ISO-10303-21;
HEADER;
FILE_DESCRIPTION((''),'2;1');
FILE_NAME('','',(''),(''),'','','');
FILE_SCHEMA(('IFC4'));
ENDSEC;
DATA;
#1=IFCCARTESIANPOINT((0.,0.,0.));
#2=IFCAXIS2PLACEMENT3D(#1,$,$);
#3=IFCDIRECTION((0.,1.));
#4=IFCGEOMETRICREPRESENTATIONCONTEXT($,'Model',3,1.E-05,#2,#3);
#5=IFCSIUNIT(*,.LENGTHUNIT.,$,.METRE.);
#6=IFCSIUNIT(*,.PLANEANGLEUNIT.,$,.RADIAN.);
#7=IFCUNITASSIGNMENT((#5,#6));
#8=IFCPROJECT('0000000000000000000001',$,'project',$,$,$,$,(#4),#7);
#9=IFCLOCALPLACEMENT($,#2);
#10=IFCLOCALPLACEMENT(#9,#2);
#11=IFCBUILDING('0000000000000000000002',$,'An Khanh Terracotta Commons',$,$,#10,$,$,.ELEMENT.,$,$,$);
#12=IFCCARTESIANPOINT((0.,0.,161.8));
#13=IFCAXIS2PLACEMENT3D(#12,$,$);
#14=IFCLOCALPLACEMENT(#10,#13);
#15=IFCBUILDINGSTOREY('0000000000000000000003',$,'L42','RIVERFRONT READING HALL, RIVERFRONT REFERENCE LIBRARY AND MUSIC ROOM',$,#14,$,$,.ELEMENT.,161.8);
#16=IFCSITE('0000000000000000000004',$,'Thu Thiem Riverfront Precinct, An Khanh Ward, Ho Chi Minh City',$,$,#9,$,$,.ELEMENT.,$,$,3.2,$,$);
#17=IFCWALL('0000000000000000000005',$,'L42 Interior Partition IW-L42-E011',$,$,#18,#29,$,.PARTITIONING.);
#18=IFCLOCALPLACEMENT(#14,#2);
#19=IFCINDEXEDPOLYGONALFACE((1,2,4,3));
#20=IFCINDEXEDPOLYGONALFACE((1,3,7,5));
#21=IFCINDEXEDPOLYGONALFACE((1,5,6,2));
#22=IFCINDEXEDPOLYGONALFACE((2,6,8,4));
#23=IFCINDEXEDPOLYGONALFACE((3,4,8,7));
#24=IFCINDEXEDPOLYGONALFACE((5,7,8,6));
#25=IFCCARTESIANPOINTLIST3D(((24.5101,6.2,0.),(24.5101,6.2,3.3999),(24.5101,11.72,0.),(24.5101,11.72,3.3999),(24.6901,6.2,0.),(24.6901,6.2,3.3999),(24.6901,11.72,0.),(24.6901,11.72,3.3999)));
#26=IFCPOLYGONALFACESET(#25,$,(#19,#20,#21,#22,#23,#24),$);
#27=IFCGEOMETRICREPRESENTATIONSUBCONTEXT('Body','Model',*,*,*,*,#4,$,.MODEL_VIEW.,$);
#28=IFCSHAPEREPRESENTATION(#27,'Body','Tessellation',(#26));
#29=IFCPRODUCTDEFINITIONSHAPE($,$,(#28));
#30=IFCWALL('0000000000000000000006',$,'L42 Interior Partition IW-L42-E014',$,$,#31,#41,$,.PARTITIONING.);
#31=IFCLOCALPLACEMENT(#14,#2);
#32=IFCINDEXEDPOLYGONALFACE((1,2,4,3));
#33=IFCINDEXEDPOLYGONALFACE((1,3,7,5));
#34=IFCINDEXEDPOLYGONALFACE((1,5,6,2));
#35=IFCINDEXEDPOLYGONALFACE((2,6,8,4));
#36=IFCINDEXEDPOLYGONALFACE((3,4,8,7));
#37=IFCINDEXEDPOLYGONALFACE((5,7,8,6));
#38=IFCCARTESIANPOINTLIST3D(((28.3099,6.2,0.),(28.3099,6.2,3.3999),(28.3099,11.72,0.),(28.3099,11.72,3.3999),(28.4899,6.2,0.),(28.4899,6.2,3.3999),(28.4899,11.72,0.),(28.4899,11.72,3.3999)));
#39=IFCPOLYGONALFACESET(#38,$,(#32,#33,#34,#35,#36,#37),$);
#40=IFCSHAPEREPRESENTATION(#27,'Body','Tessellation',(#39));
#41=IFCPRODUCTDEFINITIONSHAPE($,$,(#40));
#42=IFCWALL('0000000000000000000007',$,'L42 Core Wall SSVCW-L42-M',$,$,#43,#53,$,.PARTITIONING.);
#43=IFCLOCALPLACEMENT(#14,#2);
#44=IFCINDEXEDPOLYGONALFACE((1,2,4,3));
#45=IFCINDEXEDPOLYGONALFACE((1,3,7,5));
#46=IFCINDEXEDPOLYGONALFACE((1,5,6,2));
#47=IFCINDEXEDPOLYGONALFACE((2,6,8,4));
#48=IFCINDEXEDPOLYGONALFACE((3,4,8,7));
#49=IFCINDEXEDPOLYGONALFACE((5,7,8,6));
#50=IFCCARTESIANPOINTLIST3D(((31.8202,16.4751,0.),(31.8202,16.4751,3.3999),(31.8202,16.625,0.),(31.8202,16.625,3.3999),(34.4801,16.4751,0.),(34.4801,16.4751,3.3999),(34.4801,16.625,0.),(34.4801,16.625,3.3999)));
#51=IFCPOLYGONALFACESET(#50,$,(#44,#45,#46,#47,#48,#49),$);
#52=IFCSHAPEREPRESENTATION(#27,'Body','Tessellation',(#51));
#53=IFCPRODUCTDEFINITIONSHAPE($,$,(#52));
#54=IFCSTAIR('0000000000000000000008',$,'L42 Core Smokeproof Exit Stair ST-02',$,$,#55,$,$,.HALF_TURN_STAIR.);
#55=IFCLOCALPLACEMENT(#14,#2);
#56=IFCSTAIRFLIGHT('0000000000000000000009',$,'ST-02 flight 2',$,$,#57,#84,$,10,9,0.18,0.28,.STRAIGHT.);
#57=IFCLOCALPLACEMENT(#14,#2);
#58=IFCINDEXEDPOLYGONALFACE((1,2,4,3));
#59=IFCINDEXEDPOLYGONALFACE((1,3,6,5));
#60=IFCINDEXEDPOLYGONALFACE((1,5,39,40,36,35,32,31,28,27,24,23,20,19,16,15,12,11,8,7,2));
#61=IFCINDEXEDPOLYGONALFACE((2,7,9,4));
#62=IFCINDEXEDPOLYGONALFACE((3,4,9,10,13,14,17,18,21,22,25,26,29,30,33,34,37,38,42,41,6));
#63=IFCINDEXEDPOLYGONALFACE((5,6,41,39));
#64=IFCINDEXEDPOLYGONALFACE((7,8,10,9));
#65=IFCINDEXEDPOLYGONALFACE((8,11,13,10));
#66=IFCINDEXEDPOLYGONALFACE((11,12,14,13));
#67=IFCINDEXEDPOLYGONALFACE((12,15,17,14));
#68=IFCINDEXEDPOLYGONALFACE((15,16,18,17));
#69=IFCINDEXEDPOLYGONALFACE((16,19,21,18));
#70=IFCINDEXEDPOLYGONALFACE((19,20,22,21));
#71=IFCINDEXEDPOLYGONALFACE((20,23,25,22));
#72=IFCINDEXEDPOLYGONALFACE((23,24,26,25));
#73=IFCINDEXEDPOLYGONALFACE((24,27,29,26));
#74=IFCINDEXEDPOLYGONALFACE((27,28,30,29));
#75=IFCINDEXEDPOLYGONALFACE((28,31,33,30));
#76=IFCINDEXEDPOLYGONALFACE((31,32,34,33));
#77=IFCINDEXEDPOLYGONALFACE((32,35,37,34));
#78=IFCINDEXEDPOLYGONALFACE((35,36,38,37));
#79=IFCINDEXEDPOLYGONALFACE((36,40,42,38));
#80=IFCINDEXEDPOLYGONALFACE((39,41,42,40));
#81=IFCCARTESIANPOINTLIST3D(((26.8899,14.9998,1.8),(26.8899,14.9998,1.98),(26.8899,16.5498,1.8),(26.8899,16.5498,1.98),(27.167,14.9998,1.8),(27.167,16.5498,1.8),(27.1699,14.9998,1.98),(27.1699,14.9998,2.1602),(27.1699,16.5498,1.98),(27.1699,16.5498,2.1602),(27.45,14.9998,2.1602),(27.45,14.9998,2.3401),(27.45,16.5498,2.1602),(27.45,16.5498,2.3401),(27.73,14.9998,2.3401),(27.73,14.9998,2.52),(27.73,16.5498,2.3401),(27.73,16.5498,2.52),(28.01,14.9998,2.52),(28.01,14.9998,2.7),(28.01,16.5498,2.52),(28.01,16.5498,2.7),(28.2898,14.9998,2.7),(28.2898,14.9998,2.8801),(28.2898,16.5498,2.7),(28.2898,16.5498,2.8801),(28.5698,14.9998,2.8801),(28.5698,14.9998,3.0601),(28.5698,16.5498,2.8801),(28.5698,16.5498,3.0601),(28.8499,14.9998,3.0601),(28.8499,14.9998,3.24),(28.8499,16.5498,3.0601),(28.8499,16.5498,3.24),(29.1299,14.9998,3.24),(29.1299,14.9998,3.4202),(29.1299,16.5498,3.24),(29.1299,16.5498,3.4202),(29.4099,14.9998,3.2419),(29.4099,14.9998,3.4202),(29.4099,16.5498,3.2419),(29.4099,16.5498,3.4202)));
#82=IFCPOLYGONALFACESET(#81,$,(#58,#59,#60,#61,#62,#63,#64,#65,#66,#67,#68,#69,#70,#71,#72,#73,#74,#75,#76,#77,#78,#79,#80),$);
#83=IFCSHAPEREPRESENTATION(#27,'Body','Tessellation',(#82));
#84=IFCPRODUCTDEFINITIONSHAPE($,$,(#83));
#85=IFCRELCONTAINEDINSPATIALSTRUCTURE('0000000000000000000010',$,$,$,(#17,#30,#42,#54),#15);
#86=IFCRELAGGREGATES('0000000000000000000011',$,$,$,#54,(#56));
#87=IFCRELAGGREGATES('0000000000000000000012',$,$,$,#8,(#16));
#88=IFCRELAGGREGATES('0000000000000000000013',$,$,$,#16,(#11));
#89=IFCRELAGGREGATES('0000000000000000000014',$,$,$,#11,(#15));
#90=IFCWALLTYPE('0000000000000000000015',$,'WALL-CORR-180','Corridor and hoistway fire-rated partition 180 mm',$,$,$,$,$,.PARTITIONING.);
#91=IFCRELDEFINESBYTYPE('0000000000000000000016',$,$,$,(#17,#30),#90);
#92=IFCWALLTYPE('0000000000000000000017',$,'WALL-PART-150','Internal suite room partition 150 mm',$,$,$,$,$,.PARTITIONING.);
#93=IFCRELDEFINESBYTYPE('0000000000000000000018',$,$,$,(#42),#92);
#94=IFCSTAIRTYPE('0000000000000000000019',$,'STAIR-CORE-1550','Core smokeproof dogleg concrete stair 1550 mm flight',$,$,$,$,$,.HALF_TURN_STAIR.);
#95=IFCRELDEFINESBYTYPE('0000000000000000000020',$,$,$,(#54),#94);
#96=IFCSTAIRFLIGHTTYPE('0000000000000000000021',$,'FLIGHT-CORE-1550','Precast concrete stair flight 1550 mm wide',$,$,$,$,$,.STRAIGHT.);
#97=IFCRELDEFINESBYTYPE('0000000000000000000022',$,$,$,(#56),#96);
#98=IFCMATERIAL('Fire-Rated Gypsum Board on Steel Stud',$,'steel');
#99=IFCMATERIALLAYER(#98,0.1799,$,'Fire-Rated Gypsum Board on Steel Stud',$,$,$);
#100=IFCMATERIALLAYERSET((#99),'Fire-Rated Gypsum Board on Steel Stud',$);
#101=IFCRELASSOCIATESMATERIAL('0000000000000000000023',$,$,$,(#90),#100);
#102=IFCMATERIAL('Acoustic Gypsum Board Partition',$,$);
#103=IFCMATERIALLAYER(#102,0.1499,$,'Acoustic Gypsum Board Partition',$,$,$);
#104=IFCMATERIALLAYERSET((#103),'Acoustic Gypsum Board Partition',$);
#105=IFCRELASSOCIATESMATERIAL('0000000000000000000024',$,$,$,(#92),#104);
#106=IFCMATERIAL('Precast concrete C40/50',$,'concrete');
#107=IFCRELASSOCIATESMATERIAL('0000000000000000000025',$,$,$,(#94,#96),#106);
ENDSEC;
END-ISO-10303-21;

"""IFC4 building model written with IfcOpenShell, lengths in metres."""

from ifc_helpers import new_model, si_unit, direction, frame, frame_2d, origin, place, context, subcontext, project, spatial, polyline, rectangle, outline, extrude, material, layer, layer_set, type_object, element, aggregate, save


model = new_model("IFC4")

# Units and contexts
model_context = context("Model", 3, precision=1e-05, world=origin(), true_north=direction((0.0, 1.0)))
body_context = subcontext(model_context, "Body", "Model", "MODEL_VIEW")
ifc_project = project(units=[si_unit("LENGTHUNIT", "METRE"), si_unit("PLANEANGLEUNIT", "RADIAN")], contexts=[model_context])

# Site, building, storey
site_placement = place(None, origin())
site = spatial("IfcSite", under=ifc_project, at=site_placement, Name="Thu Thiem Riverfront Precinct, An Khanh Ward, Ho Chi Minh City", CompositionType="ELEMENT", RefElevation=3.2)
building_placement = place(site_placement, origin())
building = spatial("IfcBuilding", under=site, at=building_placement, Name="An Khanh Terracotta Commons", CompositionType="ELEMENT")
storey_placement = place(building_placement, frame((0.0, 0.0, 161.8)))
storey = spatial("IfcBuildingStorey", under=building, at=storey_placement, Name="L42", Description="RIVERFRONT READING HALL, RIVERFRONT REFERENCE LIBRARY AND MUSIC ROOM", CompositionType="ELEMENT", Elevation=161.8)

# Shared definitions
ifc_material_1 = material(Name="Fire-Rated Gypsum Board on Steel Stud", Category="steel")
ifc_layer_1 = layer(ifc_material_1, 0.1799, Name="Fire-Rated Gypsum Board on Steel Stud")
ifc_layer_set_1 = layer_set([ifc_layer_1], Name="Fire-Rated Gypsum Board on Steel Stud")
wall_type_1 = type_object("IfcWallType", Name="WALL-CORR-180", Description="Corridor and hoistway fire-rated partition 180 mm", PredefinedType="PARTITIONING", material=ifc_layer_set_1)

# Walls
for number, where, z_axis, x_axis, name in (
    (1, (24.6001, 6.2, 0.0), (0.0, 0.0, 1.0), (0.0, 1.0, 0.0), "L42 Interior Partition IW-L42-E011"),
    (2, (28.3999, 6.2, 0.0), (0.0, 0.0, 1.0), (0.0, 1.0, 0.0), "L42 Interior Partition IW-L42-E014"),
):
    element("IfcWall", number, at=place(storey_placement, frame(where, z_axis=z_axis, x_axis=x_axis)), inside=storey, type_object=wall_type_1, Name=name, PredefinedType="PARTITIONING", context=body_context, shape_type="SweptSolid", body=[
        extrude(rectangle(XDim=5.52, YDim=0.1799, at=frame_2d((2.76, 0.0))), origin(), (0.0, 0.0, 1.0), 3.3999),
    ])
ifc_material_2 = material(Name="Acoustic Gypsum Board Partition")
ifc_layer_2 = layer(ifc_material_2, 0.1499, Name="Acoustic Gypsum Board Partition")
ifc_layer_set_2 = layer_set([ifc_layer_2], Name="Acoustic Gypsum Board Partition")
wall_type_2 = type_object("IfcWallType", Name="WALL-PART-150", Description="Internal suite room partition 150 mm", PredefinedType="PARTITIONING", material=ifc_layer_set_2)
wall_1_placement = place(storey_placement, frame((31.8201, 16.55, 0.0), z_axis=(0.0, 0.0, 1.0), x_axis=(1.0, 0.0, 0.0)))
element("IfcWall", 3, at=wall_1_placement, inside=storey, type_object=wall_type_2, Name="L42 Core Wall SSVCW-L42-M", PredefinedType="PARTITIONING", context=body_context, shape_type="SweptSolid", body=[
    extrude(rectangle(XDim=2.6599, YDim=0.1499, at=frame_2d((1.3301, 0.0))), origin(), (0.0, 0.0, 1.0), 3.3999),
])

# Stair, stair flight
ifc_material_3 = material(Name="Precast concrete C40/50", Category="concrete")
stair_type = type_object("IfcStairType", Name="STAIR-CORE-1550", Description="Core smokeproof dogleg concrete stair 1550 mm flight", PredefinedType="HALF_TURN_STAIR", material=ifc_material_3)
stair_placement = place(storey_placement, origin())
stair = element("IfcStair", 4, at=stair_placement, inside=storey, type_object=stair_type, Name="L42 Core Smokeproof Exit Stair ST-02", PredefinedType="HALF_TURN_STAIR")
stair_flight_type = type_object("IfcStairFlightType", Name="FLIGHT-CORE-1550", Description="Precast concrete stair flight 1550 mm wide", PredefinedType="STRAIGHT", material=ifc_material_3)
stair_flight_placement = place(storey_placement, frame((26.8899, 15.7749, 1.8), z_axis=(0.0, 0.0, 1.0), x_axis=(1.0, 0.0, 0.0)))
stair_flight = element("IfcStairFlight", 5, at=stair_flight_placement, type_object=stair_flight_type, Name="ST-02 flight 2", NumberOfRisers=10, NumberOfTreads=9, PredefinedType="STRAIGHT", RiserHeight=0.18, TreadLength=0.28, context=body_context, shape_type="SweptSolid", body=[
    extrude(outline(polyline([(0.0, 0.0), (0.0, 0.1799), (0.28, 0.1799), (0.28, 0.3601), (0.5601, 0.3601), (0.5601, 0.54), (0.8401, 0.54), (0.8401, 0.72), (1.1201, 0.72), (1.1201, 0.8999), (1.3999, 0.8999), (1.3999, 1.0801), (1.6799, 1.0801), (1.6799, 1.26), (1.96, 1.26), (1.96, 1.4399), (2.24, 1.4399), (2.24, 1.6201), (2.52, 1.6201), (2.52, 1.8), (2.52, 1.4419), (0.2771, 0.0), (0.0, 0.0)])), frame((0.0, 0.7749, 0.0), z_axis=(0.0, -1.0, 0.0), x_axis=(1.0, 0.0, 0.0)), (0.0, 0.0, 1.0), 1.55),
])
aggregate(stair, [stair_flight])

save(model, "model.ifc")
